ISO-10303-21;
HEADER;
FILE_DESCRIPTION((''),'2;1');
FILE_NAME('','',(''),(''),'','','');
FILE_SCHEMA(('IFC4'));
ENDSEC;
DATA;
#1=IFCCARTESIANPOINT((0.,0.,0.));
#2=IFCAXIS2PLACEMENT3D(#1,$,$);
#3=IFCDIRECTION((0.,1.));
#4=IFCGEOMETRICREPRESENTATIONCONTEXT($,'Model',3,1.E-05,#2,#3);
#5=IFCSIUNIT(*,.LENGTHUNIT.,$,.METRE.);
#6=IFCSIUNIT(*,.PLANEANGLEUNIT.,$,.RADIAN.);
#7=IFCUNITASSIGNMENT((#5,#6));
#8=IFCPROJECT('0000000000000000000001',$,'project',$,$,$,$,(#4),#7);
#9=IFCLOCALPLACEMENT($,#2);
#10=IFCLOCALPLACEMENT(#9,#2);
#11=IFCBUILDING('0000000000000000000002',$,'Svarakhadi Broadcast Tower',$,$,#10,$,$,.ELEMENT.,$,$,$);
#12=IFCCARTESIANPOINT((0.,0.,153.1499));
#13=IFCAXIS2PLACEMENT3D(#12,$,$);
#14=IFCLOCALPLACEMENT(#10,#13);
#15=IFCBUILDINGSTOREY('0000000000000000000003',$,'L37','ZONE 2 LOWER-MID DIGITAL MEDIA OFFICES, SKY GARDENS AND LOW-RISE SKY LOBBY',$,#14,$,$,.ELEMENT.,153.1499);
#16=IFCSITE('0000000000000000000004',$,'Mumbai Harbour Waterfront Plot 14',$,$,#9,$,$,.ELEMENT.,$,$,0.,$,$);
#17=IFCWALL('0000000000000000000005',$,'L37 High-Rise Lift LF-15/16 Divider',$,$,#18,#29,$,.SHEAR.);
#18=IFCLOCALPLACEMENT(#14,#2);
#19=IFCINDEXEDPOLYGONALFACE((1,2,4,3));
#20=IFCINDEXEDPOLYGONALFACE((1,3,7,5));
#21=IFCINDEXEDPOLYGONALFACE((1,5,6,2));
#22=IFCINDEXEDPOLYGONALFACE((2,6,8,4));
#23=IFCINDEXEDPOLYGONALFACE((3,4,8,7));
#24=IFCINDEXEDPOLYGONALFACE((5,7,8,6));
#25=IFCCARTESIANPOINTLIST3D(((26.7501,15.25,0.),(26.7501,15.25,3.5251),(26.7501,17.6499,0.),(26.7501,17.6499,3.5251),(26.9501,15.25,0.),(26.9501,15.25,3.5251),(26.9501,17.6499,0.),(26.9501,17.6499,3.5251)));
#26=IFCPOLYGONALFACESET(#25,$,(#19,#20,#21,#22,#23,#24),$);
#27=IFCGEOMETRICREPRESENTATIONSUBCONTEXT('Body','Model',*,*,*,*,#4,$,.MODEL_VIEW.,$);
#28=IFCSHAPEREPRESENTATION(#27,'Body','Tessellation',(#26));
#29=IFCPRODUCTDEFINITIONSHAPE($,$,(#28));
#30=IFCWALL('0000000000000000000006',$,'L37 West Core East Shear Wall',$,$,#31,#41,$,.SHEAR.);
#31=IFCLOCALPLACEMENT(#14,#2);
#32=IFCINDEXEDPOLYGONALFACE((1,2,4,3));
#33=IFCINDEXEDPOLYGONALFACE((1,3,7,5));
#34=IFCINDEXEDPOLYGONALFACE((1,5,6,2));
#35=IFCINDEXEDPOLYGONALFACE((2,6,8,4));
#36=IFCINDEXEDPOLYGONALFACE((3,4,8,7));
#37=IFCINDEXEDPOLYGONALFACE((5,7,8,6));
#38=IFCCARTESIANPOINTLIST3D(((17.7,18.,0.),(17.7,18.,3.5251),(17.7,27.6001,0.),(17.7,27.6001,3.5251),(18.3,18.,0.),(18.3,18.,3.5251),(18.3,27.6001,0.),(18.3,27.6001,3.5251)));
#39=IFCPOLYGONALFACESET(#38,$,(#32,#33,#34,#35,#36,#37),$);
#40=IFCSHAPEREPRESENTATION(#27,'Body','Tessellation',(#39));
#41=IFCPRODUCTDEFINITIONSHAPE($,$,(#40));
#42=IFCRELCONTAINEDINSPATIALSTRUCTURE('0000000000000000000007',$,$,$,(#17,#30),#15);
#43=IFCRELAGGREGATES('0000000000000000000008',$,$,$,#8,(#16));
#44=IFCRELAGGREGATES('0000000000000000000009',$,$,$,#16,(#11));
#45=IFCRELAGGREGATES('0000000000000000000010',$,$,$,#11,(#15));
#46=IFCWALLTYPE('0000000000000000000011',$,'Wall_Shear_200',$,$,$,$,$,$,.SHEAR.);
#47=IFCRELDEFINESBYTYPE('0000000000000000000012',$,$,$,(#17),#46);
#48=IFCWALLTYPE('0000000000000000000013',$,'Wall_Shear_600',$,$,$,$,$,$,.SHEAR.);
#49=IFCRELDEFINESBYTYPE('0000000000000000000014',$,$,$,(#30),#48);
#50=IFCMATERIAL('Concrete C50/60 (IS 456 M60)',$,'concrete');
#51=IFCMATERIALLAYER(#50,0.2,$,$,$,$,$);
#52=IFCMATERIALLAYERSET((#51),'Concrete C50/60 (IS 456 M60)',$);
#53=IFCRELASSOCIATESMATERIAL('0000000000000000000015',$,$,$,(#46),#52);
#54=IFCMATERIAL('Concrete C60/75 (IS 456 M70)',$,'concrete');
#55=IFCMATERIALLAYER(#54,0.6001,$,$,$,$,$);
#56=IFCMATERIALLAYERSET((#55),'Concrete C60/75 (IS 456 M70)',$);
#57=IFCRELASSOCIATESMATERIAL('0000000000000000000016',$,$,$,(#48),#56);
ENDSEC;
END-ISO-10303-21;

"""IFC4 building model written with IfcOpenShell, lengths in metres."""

from ifc_helpers import new_model, si_unit, direction, frame, frame_2d, origin, place, context, subcontext, project, spatial, rectangle, extrude, material, layer, layer_set, type_object, element, save


model = new_model("IFC4")

# Units and contexts
model_context = context("Model", 3, precision=1e-05, world=origin(), true_north=direction((0.0, 1.0)))
body_context = subcontext(model_context, "Body", "Model", "MODEL_VIEW")
ifc_project = project(units=[si_unit("LENGTHUNIT", "METRE"), si_unit("PLANEANGLEUNIT", "RADIAN")], contexts=[model_context])

# Site, building, storey
site_placement = place(None, origin())
site = spatial("IfcSite", under=ifc_project, at=site_placement, Name="Mumbai Harbour Waterfront Plot 14", CompositionType="ELEMENT", RefElevation=0.0)
building_placement = place(site_placement, origin())
building = spatial("IfcBuilding", under=site, at=building_placement, Name="Svarakhadi Broadcast Tower", CompositionType="ELEMENT")
storey_placement = place(building_placement, frame((0.0, 0.0, 153.1499)))
storey = spatial("IfcBuildingStorey", under=building, at=storey_placement, Name="L37", Description="ZONE 2 LOWER-MID DIGITAL MEDIA OFFICES, SKY GARDENS AND LOW-RISE SKY LOBBY", CompositionType="ELEMENT", Elevation=153.1499)

# Shared definitions
ifc_material_1 = material(Name="Concrete C50/60 (IS 456 M60)", Category="concrete")

# Shared definitions
ifc_layer_1 = layer(ifc_material_1, 0.2)
ifc_layer_set_1 = layer_set([ifc_layer_1], Name="Concrete C50/60 (IS 456 M60)")
wall_type_1 = type_object("IfcWallType", Name="Wall_Shear_200", PredefinedType="SHEAR", material=ifc_layer_set_1)

# Walls
wall_1_placement = place(storey_placement, frame((26.8501, 15.25, 0.0), z_axis=(0.0, 0.0, 1.0), x_axis=(0.0, 1.0, 0.0)))
element("IfcWall", 1, at=wall_1_placement, inside=storey, type_object=wall_type_1, Name="L37 High-Rise Lift LF-15/16 Divider", PredefinedType="SHEAR", context=body_context, shape_type="SweptSolid", body=[
    extrude(rectangle(XDim=2.3999, YDim=0.2, at=frame_2d((1.2, 0.0))), origin(), (0.0, 0.0, 1.0), 3.5251),
])
ifc_material_2 = material(Name="Concrete C60/75 (IS 456 M70)", Category="concrete")
ifc_layer_2 = layer(ifc_material_2, 0.6001)
ifc_layer_set_2 = layer_set([ifc_layer_2], Name="Concrete C60/75 (IS 456 M70)")
wall_type_2 = type_object("IfcWallType", Name="Wall_Shear_600", PredefinedType="SHEAR", material=ifc_layer_set_2)
wall_2_placement = place(storey_placement, frame((18.0, 18.0, 0.0), z_axis=(0.0, 0.0, 1.0), x_axis=(0.0, 1.0, 0.0)))
element("IfcWall", 2, at=wall_2_placement, inside=storey, type_object=wall_type_2, Name="L37 West Core East Shear Wall", PredefinedType="SHEAR", context=body_context, shape_type="SweptSolid", body=[
    extrude(rectangle(XDim=9.6001, YDim=0.6001, at=frame_2d((4.8, 0.0))), origin(), (0.0, 0.0, 1.0), 3.5251),
])

save(model, "model.ifc")
